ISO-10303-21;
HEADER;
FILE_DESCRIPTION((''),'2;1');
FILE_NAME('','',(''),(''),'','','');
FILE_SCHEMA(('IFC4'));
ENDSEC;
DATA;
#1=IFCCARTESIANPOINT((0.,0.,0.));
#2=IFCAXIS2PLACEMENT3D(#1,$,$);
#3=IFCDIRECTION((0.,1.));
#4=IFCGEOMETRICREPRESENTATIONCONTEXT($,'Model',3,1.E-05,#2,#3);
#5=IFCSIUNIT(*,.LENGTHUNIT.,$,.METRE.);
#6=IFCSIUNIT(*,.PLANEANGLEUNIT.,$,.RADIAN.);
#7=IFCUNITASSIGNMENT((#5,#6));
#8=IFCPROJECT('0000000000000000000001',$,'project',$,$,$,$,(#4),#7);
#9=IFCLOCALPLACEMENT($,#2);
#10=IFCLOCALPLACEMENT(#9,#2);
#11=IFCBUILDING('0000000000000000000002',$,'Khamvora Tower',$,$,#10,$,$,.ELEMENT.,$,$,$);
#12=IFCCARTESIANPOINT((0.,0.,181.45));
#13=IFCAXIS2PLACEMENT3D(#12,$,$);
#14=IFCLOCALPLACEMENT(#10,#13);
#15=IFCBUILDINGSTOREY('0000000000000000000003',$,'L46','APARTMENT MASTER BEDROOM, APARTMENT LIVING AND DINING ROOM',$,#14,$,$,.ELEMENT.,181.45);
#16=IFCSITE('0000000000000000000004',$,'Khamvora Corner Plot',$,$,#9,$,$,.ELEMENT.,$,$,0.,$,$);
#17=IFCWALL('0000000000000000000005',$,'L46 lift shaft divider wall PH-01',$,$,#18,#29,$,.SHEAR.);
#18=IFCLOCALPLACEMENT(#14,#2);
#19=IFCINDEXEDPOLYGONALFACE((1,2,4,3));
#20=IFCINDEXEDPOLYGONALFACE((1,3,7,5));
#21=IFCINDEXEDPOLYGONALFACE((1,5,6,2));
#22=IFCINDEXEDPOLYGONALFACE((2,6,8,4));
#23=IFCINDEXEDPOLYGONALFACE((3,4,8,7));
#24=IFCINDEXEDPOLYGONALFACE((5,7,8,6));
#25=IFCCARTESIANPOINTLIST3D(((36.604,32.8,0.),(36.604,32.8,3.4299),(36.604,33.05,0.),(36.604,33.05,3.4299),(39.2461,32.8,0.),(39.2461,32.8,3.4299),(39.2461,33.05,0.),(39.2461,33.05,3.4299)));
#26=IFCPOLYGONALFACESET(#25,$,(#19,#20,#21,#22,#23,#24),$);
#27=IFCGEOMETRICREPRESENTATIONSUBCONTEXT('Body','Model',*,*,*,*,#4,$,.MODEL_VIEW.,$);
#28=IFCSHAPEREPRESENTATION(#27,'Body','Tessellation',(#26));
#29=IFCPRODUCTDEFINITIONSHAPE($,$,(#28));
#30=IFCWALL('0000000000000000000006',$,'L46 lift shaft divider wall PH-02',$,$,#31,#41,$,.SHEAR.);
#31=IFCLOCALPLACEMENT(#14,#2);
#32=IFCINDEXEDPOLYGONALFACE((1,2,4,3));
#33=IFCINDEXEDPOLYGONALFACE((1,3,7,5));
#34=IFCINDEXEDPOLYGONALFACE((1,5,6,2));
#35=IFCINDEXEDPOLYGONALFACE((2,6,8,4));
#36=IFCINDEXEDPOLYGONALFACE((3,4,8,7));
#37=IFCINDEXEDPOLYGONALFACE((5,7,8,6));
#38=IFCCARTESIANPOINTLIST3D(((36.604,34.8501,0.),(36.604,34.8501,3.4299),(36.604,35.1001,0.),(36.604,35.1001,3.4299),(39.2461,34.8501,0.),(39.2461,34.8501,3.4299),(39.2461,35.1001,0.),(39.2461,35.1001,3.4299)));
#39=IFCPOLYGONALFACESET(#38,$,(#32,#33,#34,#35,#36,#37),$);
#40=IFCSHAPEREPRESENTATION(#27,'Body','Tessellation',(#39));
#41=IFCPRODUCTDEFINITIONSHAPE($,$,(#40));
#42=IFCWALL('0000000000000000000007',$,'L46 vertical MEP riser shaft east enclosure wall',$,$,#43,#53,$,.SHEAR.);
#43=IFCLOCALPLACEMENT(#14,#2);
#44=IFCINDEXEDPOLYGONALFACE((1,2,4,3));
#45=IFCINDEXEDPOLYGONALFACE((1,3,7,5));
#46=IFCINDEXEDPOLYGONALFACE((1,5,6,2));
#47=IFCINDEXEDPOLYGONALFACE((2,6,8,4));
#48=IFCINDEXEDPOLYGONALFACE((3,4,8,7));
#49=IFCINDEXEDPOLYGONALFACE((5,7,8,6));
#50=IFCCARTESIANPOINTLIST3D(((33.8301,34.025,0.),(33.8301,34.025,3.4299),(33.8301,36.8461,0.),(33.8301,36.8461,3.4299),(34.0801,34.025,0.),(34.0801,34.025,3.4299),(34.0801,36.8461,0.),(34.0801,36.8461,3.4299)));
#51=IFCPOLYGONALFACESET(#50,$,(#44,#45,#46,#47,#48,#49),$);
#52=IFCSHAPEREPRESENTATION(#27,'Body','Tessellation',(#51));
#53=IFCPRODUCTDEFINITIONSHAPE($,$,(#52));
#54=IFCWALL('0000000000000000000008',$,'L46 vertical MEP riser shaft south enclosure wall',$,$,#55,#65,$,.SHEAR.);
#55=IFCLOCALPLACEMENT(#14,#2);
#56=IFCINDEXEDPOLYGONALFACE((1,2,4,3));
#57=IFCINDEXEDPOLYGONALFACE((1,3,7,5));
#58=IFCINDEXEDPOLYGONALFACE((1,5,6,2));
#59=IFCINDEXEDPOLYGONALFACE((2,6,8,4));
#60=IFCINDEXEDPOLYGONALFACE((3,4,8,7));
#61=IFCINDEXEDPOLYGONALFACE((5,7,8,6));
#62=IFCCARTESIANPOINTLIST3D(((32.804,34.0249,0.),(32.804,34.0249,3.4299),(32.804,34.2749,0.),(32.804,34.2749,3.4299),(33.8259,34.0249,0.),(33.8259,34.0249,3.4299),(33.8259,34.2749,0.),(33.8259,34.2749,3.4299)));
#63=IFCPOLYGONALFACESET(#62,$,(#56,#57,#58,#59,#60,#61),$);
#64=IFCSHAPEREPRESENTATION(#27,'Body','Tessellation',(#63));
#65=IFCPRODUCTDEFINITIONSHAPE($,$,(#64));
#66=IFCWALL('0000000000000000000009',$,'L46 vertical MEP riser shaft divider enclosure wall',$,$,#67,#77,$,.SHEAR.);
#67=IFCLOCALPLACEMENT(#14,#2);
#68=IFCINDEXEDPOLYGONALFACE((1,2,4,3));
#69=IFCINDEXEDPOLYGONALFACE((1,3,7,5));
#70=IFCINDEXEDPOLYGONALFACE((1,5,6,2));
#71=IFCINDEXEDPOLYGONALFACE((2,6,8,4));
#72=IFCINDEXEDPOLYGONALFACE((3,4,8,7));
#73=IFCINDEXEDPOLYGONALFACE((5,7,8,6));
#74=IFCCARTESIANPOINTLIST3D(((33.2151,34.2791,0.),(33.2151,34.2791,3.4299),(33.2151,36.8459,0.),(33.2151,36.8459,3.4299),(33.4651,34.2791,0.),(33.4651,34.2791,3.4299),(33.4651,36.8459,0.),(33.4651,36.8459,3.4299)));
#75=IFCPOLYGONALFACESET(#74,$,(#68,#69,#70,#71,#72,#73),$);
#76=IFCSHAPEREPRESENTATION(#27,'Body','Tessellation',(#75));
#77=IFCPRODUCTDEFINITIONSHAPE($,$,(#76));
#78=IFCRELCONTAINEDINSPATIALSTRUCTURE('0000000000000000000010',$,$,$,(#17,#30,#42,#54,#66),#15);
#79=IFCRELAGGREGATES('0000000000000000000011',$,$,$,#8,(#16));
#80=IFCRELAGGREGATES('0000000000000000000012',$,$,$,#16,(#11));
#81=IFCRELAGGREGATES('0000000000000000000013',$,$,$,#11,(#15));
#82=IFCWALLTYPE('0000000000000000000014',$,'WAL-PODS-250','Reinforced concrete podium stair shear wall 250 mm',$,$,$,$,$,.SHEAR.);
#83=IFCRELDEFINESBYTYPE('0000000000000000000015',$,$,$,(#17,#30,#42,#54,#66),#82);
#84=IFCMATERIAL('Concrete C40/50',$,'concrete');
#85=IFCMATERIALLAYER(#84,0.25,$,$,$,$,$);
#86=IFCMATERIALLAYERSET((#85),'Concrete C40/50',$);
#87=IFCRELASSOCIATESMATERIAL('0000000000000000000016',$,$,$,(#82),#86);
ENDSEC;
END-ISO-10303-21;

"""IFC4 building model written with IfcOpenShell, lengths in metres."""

from ifc_helpers import new_model, si_unit, direction, frame, frame_2d, origin, place, context, subcontext, project, spatial, rectangle, extrude, material, layer, layer_set, type_object, element, save


model = new_model("IFC4")

# Units and contexts
model_context = context("Model", 3, precision=1e-05, world=origin(), true_north=direction((0.0, 1.0)))
body_context = subcontext(model_context, "Body", "Model", "MODEL_VIEW")
ifc_project = project(units=[si_unit("LENGTHUNIT", "METRE"), si_unit("PLANEANGLEUNIT", "RADIAN")], contexts=[model_context])

# Site, building, storey
site_placement = place(None, origin())
site = spatial("IfcSite", under=ifc_project, at=site_placement, Name="Khamvora Corner Plot", CompositionType="ELEMENT", RefElevation=0.0)
building_placement = place(site_placement, origin())
building = spatial("IfcBuilding", under=site, at=building_placement, Name="Khamvora Tower", CompositionType="ELEMENT")
storey_placement = place(building_placement, frame((0.0, 0.0, 181.45)))
storey = spatial("IfcBuildingStorey", under=building, at=storey_placement, Name="L46", Description="APARTMENT MASTER BEDROOM, APARTMENT LIVING AND DINING ROOM", CompositionType="ELEMENT", Elevation=181.45)

# Walls
ifc_material_1 = material(Name="Concrete C40/50", Category="concrete")
ifc_layer_1 = layer(ifc_material_1, 0.25)
ifc_layer_set_1 = layer_set([ifc_layer_1], Name="Concrete C40/50")
wall_type_1 = type_object("IfcWallType", Name="WAL-PODS-250", Description="Reinforced concrete podium stair shear wall 250 mm", PredefinedType="SHEAR", material=ifc_layer_set_1)
for number, where, z_axis, x_axis, name in (
    (1, (36.604, 32.925, 0.0), (0.0, 0.0, 1.0), (1.0, 0.0, 0.0), "L46 lift shaft divider wall PH-01"),
    (2, (36.604, 34.9751, 0.0), (0.0, 0.0, 1.0), (1.0, 0.0, 0.0), "L46 lift shaft divider wall PH-02"),
):
    element("IfcWall", number, at=place(storey_placement, frame(where, z_axis=z_axis, x_axis=x_axis)), inside=storey, type_object=wall_type_1, Name=name, PredefinedType="SHEAR", context=body_context, shape_type="SweptSolid", body=[
        extrude(rectangle(XDim=2.6421, YDim=0.25, at=frame_2d((1.321, 0.0))), origin(), (0.0, 0.0, 1.0), 3.4299),
    ])
wall_1_placement = place(storey_placement, frame((33.9551, 34.0249, 0.0), z_axis=(0.0, 0.0, 1.0), x_axis=(0.0, 1.0, 0.0)))
element("IfcWall", 3, at=wall_1_placement, inside=storey, type_object=wall_type_1, Name="L46 vertical MEP riser shaft east enclosure wall", PredefinedType="SHEAR", context=body_context, shape_type="SweptSolid", body=[
    extrude(rectangle(XDim=2.821, YDim=0.25, at=frame_2d((1.4106, 0.0))), origin(), (0.0, 0.0, 1.0), 3.4299),
])
wall_2_placement = place(storey_placement, frame((32.804, 34.1499, 0.0), z_axis=(0.0, 0.0, 1.0), x_axis=(1.0, 0.0, 0.0)))
element("IfcWall", 4, at=wall_2_placement, inside=storey, type_object=wall_type_1, Name="L46 vertical MEP riser shaft south enclosure wall", PredefinedType="SHEAR", context=body_context, shape_type="SweptSolid", body=[
    extrude(rectangle(XDim=1.022, YDim=0.25, at=frame_2d((0.511, 0.0))), origin(), (0.0, 0.0, 1.0), 3.4299),
])
wall_3_placement = place(storey_placement, frame((33.3401, 34.2791, 0.0), z_axis=(0.0, 0.0, 1.0), x_axis=(0.0, 1.0, 0.0)))
element("IfcWall", 5, at=wall_3_placement, inside=storey, type_object=wall_type_1, Name="L46 vertical MEP riser shaft divider enclosure wall", PredefinedType="SHEAR", context=body_context, shape_type="SweptSolid", body=[
    extrude(rectangle(XDim=2.5669, YDim=0.25, at=frame_2d((1.2834, 0.0))), origin(), (0.0, 0.0, 1.0), 3.4299),
])

save(model, "model.ifc")
